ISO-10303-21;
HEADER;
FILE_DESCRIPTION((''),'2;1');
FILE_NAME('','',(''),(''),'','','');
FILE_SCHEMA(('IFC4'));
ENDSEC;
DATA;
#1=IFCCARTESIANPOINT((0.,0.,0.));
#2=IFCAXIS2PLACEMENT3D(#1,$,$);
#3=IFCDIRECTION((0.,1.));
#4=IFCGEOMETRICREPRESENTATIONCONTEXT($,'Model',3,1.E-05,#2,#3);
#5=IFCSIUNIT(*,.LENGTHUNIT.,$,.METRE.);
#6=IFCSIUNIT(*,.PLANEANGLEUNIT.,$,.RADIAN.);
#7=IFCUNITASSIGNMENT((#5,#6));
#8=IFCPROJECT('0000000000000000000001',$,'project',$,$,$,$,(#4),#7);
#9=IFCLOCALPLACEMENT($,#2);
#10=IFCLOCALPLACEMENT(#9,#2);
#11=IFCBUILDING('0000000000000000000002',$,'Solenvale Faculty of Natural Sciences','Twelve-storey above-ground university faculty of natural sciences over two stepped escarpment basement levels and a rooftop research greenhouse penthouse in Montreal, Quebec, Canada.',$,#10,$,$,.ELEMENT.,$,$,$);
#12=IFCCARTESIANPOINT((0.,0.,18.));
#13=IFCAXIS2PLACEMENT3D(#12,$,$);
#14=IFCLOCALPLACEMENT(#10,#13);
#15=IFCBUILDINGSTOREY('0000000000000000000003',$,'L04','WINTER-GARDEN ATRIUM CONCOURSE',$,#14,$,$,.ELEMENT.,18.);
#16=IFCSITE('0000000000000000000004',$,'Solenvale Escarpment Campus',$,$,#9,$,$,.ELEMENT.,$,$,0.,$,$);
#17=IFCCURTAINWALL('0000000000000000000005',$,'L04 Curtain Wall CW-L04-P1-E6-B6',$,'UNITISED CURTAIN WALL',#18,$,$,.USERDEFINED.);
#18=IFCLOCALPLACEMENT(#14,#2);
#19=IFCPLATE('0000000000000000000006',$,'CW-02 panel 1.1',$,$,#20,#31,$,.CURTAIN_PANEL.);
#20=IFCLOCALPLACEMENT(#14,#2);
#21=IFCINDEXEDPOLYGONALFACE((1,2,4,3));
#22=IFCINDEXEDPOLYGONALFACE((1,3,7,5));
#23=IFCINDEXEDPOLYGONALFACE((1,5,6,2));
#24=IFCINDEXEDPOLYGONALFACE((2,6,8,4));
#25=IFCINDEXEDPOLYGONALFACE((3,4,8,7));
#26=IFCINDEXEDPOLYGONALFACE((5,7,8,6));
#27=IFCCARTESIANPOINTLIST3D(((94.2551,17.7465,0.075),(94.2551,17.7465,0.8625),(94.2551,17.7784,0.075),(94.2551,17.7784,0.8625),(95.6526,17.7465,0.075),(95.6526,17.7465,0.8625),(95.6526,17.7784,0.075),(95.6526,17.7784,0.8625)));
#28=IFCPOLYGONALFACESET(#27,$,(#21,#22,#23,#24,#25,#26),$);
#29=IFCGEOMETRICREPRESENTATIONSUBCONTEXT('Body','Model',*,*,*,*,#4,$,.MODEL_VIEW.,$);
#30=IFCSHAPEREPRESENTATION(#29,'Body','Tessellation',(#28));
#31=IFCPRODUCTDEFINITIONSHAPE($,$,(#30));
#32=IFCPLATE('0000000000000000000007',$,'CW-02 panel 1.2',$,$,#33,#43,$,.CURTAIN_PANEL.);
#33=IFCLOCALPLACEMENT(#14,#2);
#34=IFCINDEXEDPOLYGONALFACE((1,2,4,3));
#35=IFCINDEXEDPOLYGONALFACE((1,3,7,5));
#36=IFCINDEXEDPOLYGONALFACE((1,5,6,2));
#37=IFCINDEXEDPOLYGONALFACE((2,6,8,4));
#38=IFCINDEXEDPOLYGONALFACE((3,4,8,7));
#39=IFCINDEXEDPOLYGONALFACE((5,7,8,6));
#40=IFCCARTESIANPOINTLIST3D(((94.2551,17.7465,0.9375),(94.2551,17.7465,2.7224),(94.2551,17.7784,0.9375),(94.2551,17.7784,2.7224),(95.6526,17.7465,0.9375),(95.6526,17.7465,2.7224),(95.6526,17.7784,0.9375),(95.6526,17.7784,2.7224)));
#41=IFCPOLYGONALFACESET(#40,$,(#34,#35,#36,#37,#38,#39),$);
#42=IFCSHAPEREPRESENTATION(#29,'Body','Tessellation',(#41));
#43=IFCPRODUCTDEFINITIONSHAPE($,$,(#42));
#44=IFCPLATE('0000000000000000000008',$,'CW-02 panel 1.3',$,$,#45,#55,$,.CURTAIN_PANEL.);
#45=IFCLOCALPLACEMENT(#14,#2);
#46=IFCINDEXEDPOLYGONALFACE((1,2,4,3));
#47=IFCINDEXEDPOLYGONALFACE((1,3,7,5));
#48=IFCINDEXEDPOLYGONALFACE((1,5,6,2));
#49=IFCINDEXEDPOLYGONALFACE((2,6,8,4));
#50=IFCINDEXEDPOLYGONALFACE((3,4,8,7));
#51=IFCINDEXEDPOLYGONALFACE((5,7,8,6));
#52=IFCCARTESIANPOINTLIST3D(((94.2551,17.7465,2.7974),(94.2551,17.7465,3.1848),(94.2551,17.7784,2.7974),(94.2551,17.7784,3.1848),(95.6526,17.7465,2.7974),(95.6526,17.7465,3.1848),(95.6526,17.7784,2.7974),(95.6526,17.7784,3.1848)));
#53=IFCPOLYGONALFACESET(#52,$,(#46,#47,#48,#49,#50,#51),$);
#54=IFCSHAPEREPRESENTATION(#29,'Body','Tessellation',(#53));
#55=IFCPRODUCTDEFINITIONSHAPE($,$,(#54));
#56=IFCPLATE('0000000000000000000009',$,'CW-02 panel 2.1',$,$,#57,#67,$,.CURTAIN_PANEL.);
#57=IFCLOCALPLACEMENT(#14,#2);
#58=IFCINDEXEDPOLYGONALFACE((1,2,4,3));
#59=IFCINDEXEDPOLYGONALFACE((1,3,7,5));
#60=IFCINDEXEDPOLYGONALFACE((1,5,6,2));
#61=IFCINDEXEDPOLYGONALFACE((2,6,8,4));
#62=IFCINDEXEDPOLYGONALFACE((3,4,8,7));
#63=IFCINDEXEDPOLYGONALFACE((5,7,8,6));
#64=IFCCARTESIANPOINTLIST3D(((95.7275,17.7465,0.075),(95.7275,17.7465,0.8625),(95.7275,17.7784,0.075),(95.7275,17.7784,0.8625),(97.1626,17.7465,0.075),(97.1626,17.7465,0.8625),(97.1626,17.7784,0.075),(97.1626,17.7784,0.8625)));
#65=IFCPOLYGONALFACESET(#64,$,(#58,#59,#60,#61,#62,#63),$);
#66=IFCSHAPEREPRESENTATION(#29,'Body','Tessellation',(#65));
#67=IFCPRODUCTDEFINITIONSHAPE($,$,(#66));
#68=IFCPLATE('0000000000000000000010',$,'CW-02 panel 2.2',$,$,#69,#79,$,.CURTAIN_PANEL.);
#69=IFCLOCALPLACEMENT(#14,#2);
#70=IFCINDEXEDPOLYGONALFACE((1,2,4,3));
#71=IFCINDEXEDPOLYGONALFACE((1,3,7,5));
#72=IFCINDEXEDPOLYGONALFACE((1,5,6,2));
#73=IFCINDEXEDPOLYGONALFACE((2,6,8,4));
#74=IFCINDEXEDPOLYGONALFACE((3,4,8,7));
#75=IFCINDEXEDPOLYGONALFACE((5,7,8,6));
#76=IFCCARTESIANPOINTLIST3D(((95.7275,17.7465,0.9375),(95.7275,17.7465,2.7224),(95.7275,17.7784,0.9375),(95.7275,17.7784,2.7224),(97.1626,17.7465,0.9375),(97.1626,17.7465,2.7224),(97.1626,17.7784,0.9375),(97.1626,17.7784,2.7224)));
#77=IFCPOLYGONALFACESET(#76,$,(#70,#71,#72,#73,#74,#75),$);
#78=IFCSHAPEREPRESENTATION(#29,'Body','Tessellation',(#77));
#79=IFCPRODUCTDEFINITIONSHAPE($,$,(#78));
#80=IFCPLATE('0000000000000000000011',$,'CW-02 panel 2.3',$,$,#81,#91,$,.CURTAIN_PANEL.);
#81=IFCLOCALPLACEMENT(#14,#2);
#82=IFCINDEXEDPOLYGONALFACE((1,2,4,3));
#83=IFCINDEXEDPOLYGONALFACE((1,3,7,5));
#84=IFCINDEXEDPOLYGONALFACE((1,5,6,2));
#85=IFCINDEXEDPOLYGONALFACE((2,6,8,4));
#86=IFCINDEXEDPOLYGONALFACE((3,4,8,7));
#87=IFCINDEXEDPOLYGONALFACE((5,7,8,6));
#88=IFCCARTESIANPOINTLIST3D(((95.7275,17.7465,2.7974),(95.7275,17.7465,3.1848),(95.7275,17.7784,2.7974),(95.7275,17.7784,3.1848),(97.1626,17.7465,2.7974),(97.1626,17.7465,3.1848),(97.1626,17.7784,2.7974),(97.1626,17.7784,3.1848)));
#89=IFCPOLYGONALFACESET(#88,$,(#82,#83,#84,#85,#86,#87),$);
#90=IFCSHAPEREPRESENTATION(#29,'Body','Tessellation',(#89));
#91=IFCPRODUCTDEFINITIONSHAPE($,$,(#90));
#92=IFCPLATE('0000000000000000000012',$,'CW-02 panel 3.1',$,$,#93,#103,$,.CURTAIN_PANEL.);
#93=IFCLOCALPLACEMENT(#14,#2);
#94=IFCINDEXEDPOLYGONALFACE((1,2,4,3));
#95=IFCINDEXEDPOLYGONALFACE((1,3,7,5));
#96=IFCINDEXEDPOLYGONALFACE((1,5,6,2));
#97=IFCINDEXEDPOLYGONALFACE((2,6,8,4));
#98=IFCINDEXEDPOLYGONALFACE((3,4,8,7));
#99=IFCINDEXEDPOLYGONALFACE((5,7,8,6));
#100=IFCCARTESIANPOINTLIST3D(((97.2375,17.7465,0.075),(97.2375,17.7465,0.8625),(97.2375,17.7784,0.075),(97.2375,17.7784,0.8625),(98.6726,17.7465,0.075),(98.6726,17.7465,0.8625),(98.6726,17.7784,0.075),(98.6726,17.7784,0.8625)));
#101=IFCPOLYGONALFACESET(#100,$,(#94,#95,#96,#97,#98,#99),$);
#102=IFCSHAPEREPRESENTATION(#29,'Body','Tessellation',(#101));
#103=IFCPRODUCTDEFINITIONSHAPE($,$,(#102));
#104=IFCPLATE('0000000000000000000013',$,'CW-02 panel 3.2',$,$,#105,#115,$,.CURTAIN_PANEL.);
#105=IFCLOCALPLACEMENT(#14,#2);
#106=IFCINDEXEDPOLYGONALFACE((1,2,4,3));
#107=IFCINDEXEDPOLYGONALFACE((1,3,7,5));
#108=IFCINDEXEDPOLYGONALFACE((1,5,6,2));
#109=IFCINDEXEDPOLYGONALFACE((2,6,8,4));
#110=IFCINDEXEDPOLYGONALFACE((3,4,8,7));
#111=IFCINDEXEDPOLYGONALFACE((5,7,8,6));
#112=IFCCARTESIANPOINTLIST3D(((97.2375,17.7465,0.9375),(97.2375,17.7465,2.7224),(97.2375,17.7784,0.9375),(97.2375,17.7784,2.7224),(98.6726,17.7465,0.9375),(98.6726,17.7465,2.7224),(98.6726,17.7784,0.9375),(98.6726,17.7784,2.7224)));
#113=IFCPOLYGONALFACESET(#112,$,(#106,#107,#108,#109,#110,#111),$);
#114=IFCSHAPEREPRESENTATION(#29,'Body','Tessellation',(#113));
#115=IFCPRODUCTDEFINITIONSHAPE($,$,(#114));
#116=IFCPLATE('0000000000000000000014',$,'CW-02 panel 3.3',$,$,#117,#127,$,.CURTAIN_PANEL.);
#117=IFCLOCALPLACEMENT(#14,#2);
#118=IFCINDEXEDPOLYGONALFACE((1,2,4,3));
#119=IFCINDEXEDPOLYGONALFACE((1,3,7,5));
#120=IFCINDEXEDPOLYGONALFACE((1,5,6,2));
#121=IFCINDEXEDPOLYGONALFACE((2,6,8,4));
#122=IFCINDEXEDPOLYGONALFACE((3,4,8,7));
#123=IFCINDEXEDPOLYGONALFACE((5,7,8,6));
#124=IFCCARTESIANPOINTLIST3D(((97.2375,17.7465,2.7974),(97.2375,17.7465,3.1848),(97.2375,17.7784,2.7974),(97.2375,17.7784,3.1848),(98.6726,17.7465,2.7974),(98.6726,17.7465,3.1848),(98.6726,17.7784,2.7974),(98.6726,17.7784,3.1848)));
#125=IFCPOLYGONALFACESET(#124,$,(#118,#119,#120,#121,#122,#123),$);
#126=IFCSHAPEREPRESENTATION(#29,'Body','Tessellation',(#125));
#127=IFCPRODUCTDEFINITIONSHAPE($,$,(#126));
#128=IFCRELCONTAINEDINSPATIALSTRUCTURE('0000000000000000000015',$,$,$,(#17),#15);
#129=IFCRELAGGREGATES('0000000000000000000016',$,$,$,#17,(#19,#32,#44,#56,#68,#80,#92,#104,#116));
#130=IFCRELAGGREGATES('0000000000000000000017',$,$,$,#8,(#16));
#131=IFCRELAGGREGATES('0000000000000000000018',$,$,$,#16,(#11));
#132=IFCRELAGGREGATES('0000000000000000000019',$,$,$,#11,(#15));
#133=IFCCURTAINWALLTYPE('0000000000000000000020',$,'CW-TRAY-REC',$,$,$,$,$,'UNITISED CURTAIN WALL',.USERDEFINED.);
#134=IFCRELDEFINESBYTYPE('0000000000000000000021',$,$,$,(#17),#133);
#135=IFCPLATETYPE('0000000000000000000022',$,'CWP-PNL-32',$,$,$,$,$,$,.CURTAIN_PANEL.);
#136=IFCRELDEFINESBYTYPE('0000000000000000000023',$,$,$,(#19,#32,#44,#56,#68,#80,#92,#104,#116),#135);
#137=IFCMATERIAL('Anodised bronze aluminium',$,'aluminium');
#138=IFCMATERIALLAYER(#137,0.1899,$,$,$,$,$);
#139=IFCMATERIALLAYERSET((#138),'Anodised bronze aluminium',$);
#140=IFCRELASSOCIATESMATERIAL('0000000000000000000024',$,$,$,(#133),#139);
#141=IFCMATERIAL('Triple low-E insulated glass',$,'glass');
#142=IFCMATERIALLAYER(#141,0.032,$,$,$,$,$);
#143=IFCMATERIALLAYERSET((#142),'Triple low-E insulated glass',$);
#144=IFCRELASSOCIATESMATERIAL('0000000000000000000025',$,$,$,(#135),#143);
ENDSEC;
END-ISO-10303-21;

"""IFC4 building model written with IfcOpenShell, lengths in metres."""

from ifc_helpers import new_model, si_unit, direction, frame, origin, origin_2d, place, context, subcontext, project, spatial, rectangle, extrude, material, layer, layer_set, type_object, element, aggregate, save


model = new_model("IFC4")

# Units and contexts
model_context = context("Model", 3, precision=1e-05, world=origin(), true_north=direction((0.0, 1.0)))
body_context = subcontext(model_context, "Body", "Model", "MODEL_VIEW")
ifc_project = project(units=[si_unit("LENGTHUNIT", "METRE"), si_unit("PLANEANGLEUNIT", "RADIAN")], contexts=[model_context])

# Site, building, storey
site_placement = place(None, origin())
site = spatial("IfcSite", under=ifc_project, at=site_placement, Name="Solenvale Escarpment Campus", CompositionType="ELEMENT", RefElevation=0.0)
building_placement = place(site_placement, origin())
building = spatial("IfcBuilding", under=site, at=building_placement, Name="Solenvale Faculty of Natural Sciences", Description="Twelve-storey above-ground university faculty of natural sciences over two stepped escarpment basement levels and a rooftop research greenhouse penthouse in Montreal, Quebec, Canada.", CompositionType="ELEMENT")
storey_placement = place(building_placement, frame((0.0, 0.0, 18.0)))
storey = spatial("IfcBuildingStorey", under=building, at=storey_placement, Name="L04", Description="WINTER-GARDEN ATRIUM CONCOURSE", CompositionType="ELEMENT", Elevation=18.0)

# Curtain wall, plates
ifc_material_1 = material(Name="Anodised bronze aluminium", Category="aluminium")
ifc_layer_1 = layer(ifc_material_1, 0.1899)
ifc_layer_set_1 = layer_set([ifc_layer_1], Name="Anodised bronze aluminium")
curtain_wall_type = type_object("IfcCurtainWallType", Name="CW-TRAY-REC", ElementType="UNITISED CURTAIN WALL", PredefinedType="USERDEFINED", material=ifc_layer_set_1)
curtain_wall_placement = place(storey_placement, origin())
curtain_wall = element("IfcCurtainWall", 1, at=curtain_wall_placement, inside=storey, type_object=curtain_wall_type, Name="L04 Curtain Wall CW-L04-P1-E6-B6", ObjectType="UNITISED CURTAIN WALL", PredefinedType="USERDEFINED")
ifc_material_2 = material(Name="Triple low-E insulated glass", Category="glass")
ifc_layer_2 = layer(ifc_material_2, 0.032)
ifc_layer_set_2 = layer_set([ifc_layer_2], Name="Triple low-E insulated glass")
plate_type = type_object("IfcPlateType", Name="CWP-PNL-32", PredefinedType="CURTAIN_PANEL", material=ifc_layer_set_2)
plate_1_placement = place(storey_placement, frame((94.9539, 17.7625, 0.075), z_axis=(0.0, 0.0, 1.0), x_axis=(1.0, 0.0, 0.0)))
plate_1 = element("IfcPlate", 2, at=plate_1_placement, type_object=plate_type, Name="CW-02 panel 1.1", PredefinedType="CURTAIN_PANEL", context=body_context, shape_type="SweptSolid", body=[
    extrude(rectangle(XDim=1.3975, YDim=0.032, at=origin_2d()), origin(), (0.0, 0.0, 1.0), 0.7876),
])
plate_2_placement = place(storey_placement, frame((94.9539, 17.7625, 0.9375), z_axis=(0.0, 0.0, 1.0), x_axis=(1.0, 0.0, 0.0)))
plate_2 = element("IfcPlate", 3, at=plate_2_placement, type_object=plate_type, Name="CW-02 panel 1.2", PredefinedType="CURTAIN_PANEL", context=body_context, shape_type="SweptSolid", body=[
    extrude(rectangle(XDim=1.3975, YDim=0.032, at=origin_2d()), origin(), (0.0, 0.0, 1.0), 1.7849),
])
plate_3_placement = place(storey_placement, frame((94.9539, 17.7625, 2.7974), z_axis=(0.0, 0.0, 1.0), x_axis=(1.0, 0.0, 0.0)))
plate_3 = element("IfcPlate", 4, at=plate_3_placement, type_object=plate_type, Name="CW-02 panel 1.3", PredefinedType="CURTAIN_PANEL", context=body_context, shape_type="SweptSolid", body=[
    extrude(rectangle(XDim=1.3975, YDim=0.032, at=origin_2d()), origin(), (0.0, 0.0, 1.0), 0.3875),
])
plate_4_placement = place(storey_placement, frame((96.4451, 17.7625, 0.075), z_axis=(0.0, 0.0, 1.0), x_axis=(1.0, 0.0, 0.0)))
plate_4 = element("IfcPlate", 5, at=plate_4_placement, type_object=plate_type, Name="CW-02 panel 2.1", PredefinedType="CURTAIN_PANEL", context=body_context, shape_type="SweptSolid", body=[
    extrude(rectangle(XDim=1.4351, YDim=0.032, at=origin_2d()), origin(), (0.0, 0.0, 1.0), 0.7876),
])
plate_5_placement = place(storey_placement, frame((96.4451, 17.7625, 0.9375), z_axis=(0.0, 0.0, 1.0), x_axis=(1.0, 0.0, 0.0)))
plate_5 = element("IfcPlate", 6, at=plate_5_placement, type_object=plate_type, Name="CW-02 panel 2.2", PredefinedType="CURTAIN_PANEL", context=body_context, shape_type="SweptSolid", body=[
    extrude(rectangle(XDim=1.4351, YDim=0.032, at=origin_2d()), origin(), (0.0, 0.0, 1.0), 1.7849),
])
plate_6_placement = place(storey_placement, frame((96.4451, 17.7625, 2.7974), z_axis=(0.0, 0.0, 1.0), x_axis=(1.0, 0.0, 0.0)))
plate_6 = element("IfcPlate", 7, at=plate_6_placement, type_object=plate_type, Name="CW-02 panel 2.3", PredefinedType="CURTAIN_PANEL", context=body_context, shape_type="SweptSolid", body=[
    extrude(rectangle(XDim=1.4351, YDim=0.032, at=origin_2d()), origin(), (0.0, 0.0, 1.0), 0.3875),
])
plate_7_placement = place(storey_placement, frame((97.9551, 17.7625, 0.075), z_axis=(0.0, 0.0, 1.0), x_axis=(1.0, 0.0, 0.0)))
plate_7 = element("IfcPlate", 8, at=plate_7_placement, type_object=plate_type, Name="CW-02 panel 3.1", PredefinedType="CURTAIN_PANEL", context=body_context, shape_type="SweptSolid", body=[
    extrude(rectangle(XDim=1.4351, YDim=0.032, at=origin_2d()), origin(), (0.0, 0.0, 1.0), 0.7876),
])
plate_8_placement = place(storey_placement, frame((97.9551, 17.7625, 0.9375), z_axis=(0.0, 0.0, 1.0), x_axis=(1.0, 0.0, 0.0)))
plate_8 = element("IfcPlate", 9, at=plate_8_placement, type_object=plate_type, Name="CW-02 panel 3.2", PredefinedType="CURTAIN_PANEL", context=body_context, shape_type="SweptSolid", body=[
    extrude(rectangle(XDim=1.4351, YDim=0.032, at=origin_2d()), origin(), (0.0, 0.0, 1.0), 1.7849),
])
plate_9_placement = place(storey_placement, frame((97.9551, 17.7625, 2.7974), z_axis=(0.0, 0.0, 1.0), x_axis=(1.0, 0.0, 0.0)))
plate_9 = element("IfcPlate", 10, at=plate_9_placement, type_object=plate_type, Name="CW-02 panel 3.3", PredefinedType="CURTAIN_PANEL", context=body_context, shape_type="SweptSolid", body=[
    extrude(rectangle(XDim=1.4351, YDim=0.032, at=origin_2d()), origin(), (0.0, 0.0, 1.0), 0.3875),
])
aggregate(curtain_wall, [plate_1, plate_2, plate_3, plate_4, plate_5, plate_6, plate_7, plate_8, plate_9])

save(model, "model.ifc")
